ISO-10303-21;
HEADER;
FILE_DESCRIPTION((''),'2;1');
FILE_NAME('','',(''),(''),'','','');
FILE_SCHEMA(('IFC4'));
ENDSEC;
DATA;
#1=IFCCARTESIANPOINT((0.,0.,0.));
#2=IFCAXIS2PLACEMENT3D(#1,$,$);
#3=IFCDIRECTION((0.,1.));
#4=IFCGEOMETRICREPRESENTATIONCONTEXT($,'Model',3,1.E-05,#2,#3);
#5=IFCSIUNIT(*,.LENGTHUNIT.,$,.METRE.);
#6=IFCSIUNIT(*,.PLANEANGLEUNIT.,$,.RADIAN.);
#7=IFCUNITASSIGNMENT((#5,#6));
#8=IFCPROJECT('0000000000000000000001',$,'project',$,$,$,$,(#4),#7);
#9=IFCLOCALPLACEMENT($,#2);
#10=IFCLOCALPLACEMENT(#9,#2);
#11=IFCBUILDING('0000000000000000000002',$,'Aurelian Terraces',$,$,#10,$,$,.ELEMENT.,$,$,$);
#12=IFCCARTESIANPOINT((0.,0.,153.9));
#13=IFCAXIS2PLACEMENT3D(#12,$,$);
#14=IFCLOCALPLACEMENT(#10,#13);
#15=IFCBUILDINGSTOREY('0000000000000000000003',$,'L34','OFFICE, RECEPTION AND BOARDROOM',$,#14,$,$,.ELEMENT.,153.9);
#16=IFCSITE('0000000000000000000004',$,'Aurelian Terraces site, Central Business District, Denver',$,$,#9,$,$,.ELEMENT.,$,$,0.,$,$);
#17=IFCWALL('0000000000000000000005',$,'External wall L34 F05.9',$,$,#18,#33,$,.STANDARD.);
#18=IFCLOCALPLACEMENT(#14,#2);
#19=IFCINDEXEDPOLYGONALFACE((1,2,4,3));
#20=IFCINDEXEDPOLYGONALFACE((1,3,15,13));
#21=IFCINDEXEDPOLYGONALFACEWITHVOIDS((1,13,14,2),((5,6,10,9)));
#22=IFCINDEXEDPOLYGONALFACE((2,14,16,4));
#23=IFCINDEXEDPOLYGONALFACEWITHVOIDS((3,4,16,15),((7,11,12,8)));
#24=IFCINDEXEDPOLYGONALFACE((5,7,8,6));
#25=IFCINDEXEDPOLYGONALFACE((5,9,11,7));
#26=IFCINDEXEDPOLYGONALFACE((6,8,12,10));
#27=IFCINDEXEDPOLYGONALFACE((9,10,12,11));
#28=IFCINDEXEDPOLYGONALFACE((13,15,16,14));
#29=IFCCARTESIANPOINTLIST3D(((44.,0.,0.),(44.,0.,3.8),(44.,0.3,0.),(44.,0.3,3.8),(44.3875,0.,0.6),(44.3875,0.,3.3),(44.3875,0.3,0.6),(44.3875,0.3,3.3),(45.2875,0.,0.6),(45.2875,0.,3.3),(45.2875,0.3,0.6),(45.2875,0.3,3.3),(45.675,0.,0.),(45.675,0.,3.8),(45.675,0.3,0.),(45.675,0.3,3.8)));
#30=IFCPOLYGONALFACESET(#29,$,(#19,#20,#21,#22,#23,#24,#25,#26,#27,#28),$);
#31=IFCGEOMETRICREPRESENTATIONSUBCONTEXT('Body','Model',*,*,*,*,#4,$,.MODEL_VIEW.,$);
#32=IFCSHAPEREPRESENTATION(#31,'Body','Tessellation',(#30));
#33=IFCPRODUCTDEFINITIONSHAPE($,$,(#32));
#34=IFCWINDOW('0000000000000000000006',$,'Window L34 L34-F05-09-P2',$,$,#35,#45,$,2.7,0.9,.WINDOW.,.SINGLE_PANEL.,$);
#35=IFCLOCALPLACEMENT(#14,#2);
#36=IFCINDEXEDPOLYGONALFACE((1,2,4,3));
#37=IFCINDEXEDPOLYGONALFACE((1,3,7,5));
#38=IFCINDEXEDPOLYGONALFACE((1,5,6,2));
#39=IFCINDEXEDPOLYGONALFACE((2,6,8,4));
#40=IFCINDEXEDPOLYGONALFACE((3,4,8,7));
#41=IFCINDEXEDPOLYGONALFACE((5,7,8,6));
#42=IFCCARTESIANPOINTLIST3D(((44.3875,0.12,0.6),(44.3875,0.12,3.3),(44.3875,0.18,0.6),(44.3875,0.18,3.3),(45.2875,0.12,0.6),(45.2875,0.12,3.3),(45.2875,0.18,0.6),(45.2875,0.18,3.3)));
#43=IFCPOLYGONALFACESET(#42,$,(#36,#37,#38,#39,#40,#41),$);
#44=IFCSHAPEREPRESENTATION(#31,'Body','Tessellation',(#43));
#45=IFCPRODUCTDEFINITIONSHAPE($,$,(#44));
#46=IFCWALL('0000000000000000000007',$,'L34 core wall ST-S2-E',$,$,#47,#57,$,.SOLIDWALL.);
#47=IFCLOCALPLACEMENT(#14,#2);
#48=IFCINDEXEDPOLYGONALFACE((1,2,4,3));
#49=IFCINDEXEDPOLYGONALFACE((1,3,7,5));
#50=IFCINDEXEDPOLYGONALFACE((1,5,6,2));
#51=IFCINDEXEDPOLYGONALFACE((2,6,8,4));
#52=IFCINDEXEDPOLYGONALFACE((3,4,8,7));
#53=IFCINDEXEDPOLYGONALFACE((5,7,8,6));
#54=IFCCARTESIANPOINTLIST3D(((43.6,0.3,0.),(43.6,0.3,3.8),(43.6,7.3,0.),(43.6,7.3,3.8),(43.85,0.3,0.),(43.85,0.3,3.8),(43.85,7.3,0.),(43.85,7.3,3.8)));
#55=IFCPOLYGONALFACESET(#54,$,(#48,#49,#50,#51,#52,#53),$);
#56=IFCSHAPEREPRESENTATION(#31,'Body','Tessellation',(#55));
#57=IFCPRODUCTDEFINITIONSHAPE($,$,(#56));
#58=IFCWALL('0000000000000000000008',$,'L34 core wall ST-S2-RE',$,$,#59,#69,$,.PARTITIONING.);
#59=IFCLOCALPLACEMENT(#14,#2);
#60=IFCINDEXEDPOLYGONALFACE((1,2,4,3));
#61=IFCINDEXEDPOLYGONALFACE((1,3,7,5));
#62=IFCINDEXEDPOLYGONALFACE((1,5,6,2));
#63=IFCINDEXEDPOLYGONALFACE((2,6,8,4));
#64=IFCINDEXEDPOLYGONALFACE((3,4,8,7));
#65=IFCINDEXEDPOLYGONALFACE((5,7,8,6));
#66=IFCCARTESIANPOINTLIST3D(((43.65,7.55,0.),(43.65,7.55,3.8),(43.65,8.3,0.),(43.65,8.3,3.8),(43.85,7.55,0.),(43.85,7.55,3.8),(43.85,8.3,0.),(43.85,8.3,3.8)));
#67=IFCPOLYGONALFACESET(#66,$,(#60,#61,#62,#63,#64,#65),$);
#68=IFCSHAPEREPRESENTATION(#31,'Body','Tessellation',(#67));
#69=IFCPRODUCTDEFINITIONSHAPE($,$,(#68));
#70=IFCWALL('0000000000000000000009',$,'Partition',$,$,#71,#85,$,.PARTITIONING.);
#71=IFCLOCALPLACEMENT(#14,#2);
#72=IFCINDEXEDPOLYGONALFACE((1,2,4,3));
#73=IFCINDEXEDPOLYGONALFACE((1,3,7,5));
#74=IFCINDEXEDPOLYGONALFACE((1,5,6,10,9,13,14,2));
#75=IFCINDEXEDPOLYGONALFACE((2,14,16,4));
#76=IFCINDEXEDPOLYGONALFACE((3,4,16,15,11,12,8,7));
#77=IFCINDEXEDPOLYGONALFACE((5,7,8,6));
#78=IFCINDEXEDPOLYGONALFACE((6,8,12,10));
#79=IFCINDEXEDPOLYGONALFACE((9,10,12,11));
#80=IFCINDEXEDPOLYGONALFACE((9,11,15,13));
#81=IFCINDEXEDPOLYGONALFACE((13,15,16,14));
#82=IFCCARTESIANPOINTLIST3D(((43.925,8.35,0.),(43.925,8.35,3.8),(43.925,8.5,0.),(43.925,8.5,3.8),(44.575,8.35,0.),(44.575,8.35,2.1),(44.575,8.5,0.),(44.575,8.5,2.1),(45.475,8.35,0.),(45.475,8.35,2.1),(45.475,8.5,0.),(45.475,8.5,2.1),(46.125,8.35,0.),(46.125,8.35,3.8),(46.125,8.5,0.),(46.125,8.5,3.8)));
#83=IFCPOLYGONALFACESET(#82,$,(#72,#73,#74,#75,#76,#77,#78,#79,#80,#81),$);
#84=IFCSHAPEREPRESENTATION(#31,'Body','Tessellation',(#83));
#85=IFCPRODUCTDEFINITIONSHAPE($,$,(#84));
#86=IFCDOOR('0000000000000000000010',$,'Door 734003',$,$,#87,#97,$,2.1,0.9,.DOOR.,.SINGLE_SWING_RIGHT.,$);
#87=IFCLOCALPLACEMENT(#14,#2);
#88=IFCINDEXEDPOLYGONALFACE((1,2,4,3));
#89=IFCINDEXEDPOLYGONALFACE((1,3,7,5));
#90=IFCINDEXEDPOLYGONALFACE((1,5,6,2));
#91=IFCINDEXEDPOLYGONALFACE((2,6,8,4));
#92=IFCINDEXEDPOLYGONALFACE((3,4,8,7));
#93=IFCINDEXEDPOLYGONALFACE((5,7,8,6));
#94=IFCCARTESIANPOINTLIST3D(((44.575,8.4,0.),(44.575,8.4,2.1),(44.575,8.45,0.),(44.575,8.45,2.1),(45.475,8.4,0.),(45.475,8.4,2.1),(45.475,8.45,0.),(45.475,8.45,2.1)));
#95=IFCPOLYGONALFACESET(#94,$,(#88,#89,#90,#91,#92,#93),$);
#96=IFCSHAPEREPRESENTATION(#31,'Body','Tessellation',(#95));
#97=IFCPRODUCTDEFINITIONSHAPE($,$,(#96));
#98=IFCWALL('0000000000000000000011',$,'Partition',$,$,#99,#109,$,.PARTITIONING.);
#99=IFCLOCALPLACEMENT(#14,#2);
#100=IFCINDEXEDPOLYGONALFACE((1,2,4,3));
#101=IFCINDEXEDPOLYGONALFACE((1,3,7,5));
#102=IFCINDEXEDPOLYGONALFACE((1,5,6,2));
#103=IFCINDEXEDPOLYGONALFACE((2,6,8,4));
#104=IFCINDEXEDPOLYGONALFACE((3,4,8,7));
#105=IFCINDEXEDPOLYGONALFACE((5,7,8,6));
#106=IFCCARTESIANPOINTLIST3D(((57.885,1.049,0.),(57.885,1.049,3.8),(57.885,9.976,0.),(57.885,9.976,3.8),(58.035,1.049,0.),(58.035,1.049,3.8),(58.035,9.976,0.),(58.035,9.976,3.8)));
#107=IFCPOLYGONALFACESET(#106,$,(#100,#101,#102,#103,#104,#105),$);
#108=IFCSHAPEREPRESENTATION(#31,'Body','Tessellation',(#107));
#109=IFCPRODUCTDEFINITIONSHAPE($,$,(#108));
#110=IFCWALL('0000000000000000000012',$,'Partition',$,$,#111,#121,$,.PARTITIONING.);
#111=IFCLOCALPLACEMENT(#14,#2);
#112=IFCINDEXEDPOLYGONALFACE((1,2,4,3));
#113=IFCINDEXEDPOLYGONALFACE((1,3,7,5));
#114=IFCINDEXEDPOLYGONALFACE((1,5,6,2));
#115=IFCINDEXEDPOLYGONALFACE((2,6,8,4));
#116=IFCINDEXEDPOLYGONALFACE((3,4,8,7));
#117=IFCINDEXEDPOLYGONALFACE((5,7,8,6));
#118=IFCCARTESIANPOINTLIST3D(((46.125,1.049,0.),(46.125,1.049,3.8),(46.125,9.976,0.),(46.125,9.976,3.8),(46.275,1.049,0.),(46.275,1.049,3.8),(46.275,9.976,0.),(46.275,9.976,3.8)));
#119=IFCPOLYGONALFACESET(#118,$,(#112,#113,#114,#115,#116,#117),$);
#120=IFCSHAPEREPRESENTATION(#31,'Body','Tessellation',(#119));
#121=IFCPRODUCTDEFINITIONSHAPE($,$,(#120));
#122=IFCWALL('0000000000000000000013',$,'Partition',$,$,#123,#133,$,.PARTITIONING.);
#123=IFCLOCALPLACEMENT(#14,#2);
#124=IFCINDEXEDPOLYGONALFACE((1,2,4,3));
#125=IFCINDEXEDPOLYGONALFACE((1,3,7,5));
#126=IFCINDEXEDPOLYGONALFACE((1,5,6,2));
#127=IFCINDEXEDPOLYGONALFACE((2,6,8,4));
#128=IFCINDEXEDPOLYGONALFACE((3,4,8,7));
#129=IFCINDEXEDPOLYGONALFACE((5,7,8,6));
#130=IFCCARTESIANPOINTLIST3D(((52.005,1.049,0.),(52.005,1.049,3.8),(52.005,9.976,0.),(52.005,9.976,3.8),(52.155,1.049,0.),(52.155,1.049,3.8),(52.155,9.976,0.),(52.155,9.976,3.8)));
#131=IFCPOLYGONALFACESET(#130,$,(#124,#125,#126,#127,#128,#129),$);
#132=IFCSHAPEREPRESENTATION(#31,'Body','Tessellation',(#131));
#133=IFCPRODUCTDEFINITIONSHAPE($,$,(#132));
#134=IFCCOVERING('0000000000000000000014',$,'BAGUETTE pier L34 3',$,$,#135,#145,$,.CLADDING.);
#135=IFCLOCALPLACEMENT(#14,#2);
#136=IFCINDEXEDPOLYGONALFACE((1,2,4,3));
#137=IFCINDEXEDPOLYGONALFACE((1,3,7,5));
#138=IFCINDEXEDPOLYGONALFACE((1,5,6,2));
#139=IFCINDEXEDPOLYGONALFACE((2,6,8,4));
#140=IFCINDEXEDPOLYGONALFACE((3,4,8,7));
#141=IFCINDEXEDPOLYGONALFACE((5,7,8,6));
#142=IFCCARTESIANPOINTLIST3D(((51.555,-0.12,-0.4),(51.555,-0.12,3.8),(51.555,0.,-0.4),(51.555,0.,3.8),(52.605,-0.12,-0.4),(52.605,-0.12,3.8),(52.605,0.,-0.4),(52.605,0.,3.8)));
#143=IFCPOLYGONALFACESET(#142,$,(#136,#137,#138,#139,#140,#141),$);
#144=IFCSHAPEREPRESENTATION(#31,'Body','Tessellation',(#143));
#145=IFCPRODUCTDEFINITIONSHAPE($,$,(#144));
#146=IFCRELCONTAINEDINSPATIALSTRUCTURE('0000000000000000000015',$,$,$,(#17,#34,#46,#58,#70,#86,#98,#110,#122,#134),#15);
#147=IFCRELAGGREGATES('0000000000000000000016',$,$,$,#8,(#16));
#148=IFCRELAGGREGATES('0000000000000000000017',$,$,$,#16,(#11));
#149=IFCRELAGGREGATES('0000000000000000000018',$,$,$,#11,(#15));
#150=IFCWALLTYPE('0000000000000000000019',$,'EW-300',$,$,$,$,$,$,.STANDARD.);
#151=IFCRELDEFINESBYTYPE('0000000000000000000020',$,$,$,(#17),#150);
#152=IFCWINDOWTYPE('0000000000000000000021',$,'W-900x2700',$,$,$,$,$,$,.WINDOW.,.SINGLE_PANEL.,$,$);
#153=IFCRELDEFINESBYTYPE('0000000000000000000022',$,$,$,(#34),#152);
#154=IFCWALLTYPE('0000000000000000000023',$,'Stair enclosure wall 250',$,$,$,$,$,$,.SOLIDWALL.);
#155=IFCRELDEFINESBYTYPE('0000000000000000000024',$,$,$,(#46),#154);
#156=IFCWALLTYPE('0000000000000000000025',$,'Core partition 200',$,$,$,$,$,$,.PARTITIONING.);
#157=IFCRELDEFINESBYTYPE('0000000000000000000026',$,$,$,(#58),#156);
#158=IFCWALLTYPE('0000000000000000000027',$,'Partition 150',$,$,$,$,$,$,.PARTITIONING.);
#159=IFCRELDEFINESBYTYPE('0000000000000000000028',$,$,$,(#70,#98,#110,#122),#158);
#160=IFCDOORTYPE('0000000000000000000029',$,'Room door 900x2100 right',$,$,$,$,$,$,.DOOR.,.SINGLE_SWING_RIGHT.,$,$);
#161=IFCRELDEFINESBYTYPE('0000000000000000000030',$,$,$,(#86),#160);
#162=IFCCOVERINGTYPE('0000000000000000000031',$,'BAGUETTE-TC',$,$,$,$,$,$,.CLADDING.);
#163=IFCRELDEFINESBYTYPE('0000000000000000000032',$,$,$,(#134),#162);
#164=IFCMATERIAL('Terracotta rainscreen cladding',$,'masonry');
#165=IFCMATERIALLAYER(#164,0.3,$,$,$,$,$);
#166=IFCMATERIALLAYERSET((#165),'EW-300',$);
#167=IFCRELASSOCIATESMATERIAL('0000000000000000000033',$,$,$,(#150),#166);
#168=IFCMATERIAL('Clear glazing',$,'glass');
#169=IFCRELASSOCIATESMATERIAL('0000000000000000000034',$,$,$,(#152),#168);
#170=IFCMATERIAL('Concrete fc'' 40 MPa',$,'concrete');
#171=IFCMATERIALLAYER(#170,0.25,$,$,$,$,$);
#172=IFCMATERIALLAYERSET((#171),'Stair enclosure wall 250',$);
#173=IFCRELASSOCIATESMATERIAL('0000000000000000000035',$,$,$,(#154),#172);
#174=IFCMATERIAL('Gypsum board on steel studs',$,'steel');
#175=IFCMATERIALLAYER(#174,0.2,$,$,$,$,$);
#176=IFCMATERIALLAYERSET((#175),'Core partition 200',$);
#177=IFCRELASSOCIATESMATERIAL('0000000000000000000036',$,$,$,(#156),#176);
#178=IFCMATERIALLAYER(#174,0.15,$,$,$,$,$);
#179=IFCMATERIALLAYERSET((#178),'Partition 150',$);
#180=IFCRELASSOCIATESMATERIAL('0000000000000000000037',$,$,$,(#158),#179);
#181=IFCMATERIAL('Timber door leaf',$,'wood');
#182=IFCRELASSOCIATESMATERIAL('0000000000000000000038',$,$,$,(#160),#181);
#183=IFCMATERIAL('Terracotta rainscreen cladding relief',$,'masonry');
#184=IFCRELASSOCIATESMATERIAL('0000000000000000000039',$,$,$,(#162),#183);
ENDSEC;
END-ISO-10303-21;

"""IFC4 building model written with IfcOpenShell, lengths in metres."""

from ifc_helpers import new_model, si_unit, direction, frame, frame_2d, origin, origin_2d, place, context, subcontext, project, spatial, rectangle, extrude, source, transform, mapped, material, layer, layer_set, type_object, element, fill, save


model = new_model("IFC4")

# Units and contexts
model_context = context("Model", 3, precision=1e-05, world=origin(), true_north=direction((0.0, 1.0)))
body_context = subcontext(model_context, "Body", "Model", "MODEL_VIEW")
ifc_project = project(units=[si_unit("LENGTHUNIT", "METRE"), si_unit("PLANEANGLEUNIT", "RADIAN")], contexts=[model_context])

# Site, building, storey
site_placement = place(None, origin())
site = spatial("IfcSite", under=ifc_project, at=site_placement, Name="Aurelian Terraces site, Central Business District, Denver", CompositionType="ELEMENT", RefElevation=0.0)
building_placement = place(site_placement, origin())
building = spatial("IfcBuilding", under=site, at=building_placement, Name="Aurelian Terraces", CompositionType="ELEMENT")
storey_placement = place(building_placement, frame((0.0, 0.0, 153.9)))
storey = spatial("IfcBuildingStorey", under=building, at=storey_placement, Name="L34", Description="OFFICE, RECEPTION AND BOARDROOM", CompositionType="ELEMENT", Elevation=153.9)

# Wall, opening, window
ifc_material_1 = material(Name="Terracotta rainscreen cladding", Category="masonry")
ifc_layer_1 = layer(ifc_material_1, 0.3)
ifc_layer_set_1 = layer_set([ifc_layer_1], Name="EW-300")
wall_type_1 = type_object("IfcWallType", Name="EW-300", PredefinedType="STANDARD", material=ifc_layer_set_1)
ifc_material_2 = material(Name="Clear glazing", Category="glass")
shared_shape_1 = source(origin(), body_context, "Body", "SweptSolid", [
    extrude(rectangle(XDim=1.675, YDim=0.3, at=frame_2d((0.8375, 0.0))), origin(), (0.0, 0.0, 1.0), 3.8),
])
wall_1_placement = place(storey_placement, frame((44.0, 0.15, 0.0), z_axis=(0.0, 0.0, 1.0), x_axis=(1.0, 0.0, 0.0)))
wall_1 = element("IfcWall", 1, at=wall_1_placement, inside=storey, type_object=wall_type_1, Name="External wall L34 F05.9", PredefinedType="STANDARD", context=body_context, shape_type="MappedRepresentation", body=[
    mapped(shared_shape_1, transform((0.0, 0.0, 0.0), scale=1.0)),
])
shared_shape_2 = source(origin(), body_context, "Body", "SweptSolid", [
    extrude(rectangle(XDim=0.9, YDim=2.7, at=frame_2d((0.45, 1.35))), frame((0.0, 0.16, 0.0), z_axis=(0.0, -1.0, 0.0), x_axis=(1.0, 0.0, 0.0)), (0.0, 0.0, 1.0), 0.32),
])
opening_1_placement = place(wall_1_placement, frame((0.3875, 0.0, 0.6)))
opening_1 = element("IfcOpeningElement", 2, at=opening_1_placement, cuts=wall_1, PredefinedType="OPENING", context=body_context, shape_type="MappedRepresentation", body=[
    mapped(shared_shape_2, transform((0.0, 0.0, 0.0), scale=1.0)),
])
window_type_1 = type_object("IfcWindowType", Name="W-900x2700", PartitioningType="SINGLE_PANEL", PredefinedType="WINDOW", material=ifc_material_2)
shared_shape_3 = source(origin(), body_context, "Body", "SweptSolid", [
    extrude(rectangle(XDim=0.9, YDim=2.7, at=frame_2d((0.45, 1.35))), frame((0.0, 0.03, 0.0), z_axis=(0.0, -1.0, 0.0), x_axis=(1.0, 0.0, 0.0)), (0.0, 0.0, 1.0), 0.06),
])
window_1_placement = place(opening_1_placement, origin())
window_1 = element("IfcWindow", 3, at=window_1_placement, inside=storey, type_object=window_type_1, Name="Window L34 L34-F05-09-P2", OverallHeight=2.7, OverallWidth=0.9, PartitioningType="SINGLE_PANEL", PredefinedType="WINDOW", context=body_context, shape_type="MappedRepresentation", body=[
    mapped(shared_shape_3, transform((0.0, 0.0, 0.0), scale=1.0)),
])
fill(opening_1, window_1)

# Walls
ifc_material_3 = material(Name="Concrete fc' 40 MPa", Category="concrete")
ifc_layer_2 = layer(ifc_material_3, 0.25)
ifc_layer_set_2 = layer_set([ifc_layer_2], Name="Stair enclosure wall 250")
wall_type_2 = type_object("IfcWallType", Name="Stair enclosure wall 250", PredefinedType="SOLIDWALL", material=ifc_layer_set_2)
shared_shape_4 = source(origin(), body_context, "Body", "SweptSolid", [
    extrude(rectangle(XDim=7.0, YDim=0.25, at=frame_2d((3.5, 0.0))), origin(), (0.0, 0.0, 1.0), 3.8),
])
wall_2_placement = place(storey_placement, frame((43.725, 0.3, 0.0), z_axis=(0.0, 0.0, 1.0), x_axis=(0.0, 1.0, 0.0)))
element("IfcWall", 4, at=wall_2_placement, inside=storey, type_object=wall_type_2, Name="L34 core wall ST-S2-E", PredefinedType="SOLIDWALL", context=body_context, shape_type="MappedRepresentation", body=[
    mapped(shared_shape_4, transform((0.0, 0.0, 0.0), scale=1.0)),
])
ifc_material_4 = material(Name="Gypsum board on steel studs", Category="steel")
ifc_layer_3 = layer(ifc_material_4, 0.2)
ifc_layer_set_3 = layer_set([ifc_layer_3], Name="Core partition 200")
wall_type_3 = type_object("IfcWallType", Name="Core partition 200", PredefinedType="PARTITIONING", material=ifc_layer_set_3)
shared_shape_5 = source(origin(), body_context, "Body", "SweptSolid", [
    extrude(rectangle(XDim=0.75, YDim=0.2, at=frame_2d((0.375, 0.0))), origin(), (0.0, 0.0, 1.0), 3.8),
])
wall_3_placement = place(storey_placement, frame((43.75, 7.55, 0.0), z_axis=(0.0, 0.0, 1.0), x_axis=(0.0, 1.0, 0.0)))
element("IfcWall", 5, at=wall_3_placement, inside=storey, type_object=wall_type_3, Name="L34 core wall ST-S2-RE", PredefinedType="PARTITIONING", context=body_context, shape_type="MappedRepresentation", body=[
    mapped(shared_shape_5, transform((0.0, 0.0, 0.0), scale=1.0)),
])

# Wall, opening, door
ifc_layer_4 = layer(ifc_material_4, 0.15)
ifc_layer_set_4 = layer_set([ifc_layer_4], Name="Partition 150")
wall_type_4 = type_object("IfcWallType", Name="Partition 150", PredefinedType="PARTITIONING", material=ifc_layer_set_4)
shared_shape_6 = source(origin(), body_context, "Body", "SweptSolid", [
    extrude(rectangle(XDim=2.2, YDim=0.15, at=frame_2d((1.1, 0.0))), origin(), (0.0, 0.0, 1.0), 3.8),
])
wall_4_placement = place(storey_placement, frame((46.125, 8.425, 0.0), z_axis=(0.0, 0.0, 1.0), x_axis=(-1.0, 0.0, 0.0)))
wall_4 = element("IfcWall", 6, at=wall_4_placement, inside=storey, type_object=wall_type_4, Name="Partition", PredefinedType="PARTITIONING", context=body_context, shape_type="MappedRepresentation", body=[
    mapped(shared_shape_6, transform((0.0, 0.0, 0.0), scale=1.0)),
])
shared_shape_7 = source(origin(), body_context, "Body", "SweptSolid", [
    extrude(rectangle(XDim=0.9, YDim=2.1, at=frame_2d((0.45, 1.05))), frame((0.0, 0.085, 0.0), z_axis=(0.0, -1.0, 0.0), x_axis=(1.0, 0.0, 0.0)), (0.0, 0.0, 1.0), 0.17),
])
opening_2_placement = place(wall_4_placement, frame((0.65, 0.0, 0.0)))
opening_2 = element("IfcOpeningElement", 7, at=opening_2_placement, cuts=wall_4, PredefinedType="OPENING", context=body_context, shape_type="MappedRepresentation", body=[
    mapped(shared_shape_7, transform((0.0, 0.0, 0.0), scale=1.0)),
])
ifc_material_5 = material(Name="Timber door leaf", Category="wood")
door_type = type_object("IfcDoorType", Name="Room door 900x2100 right", OperationType="SINGLE_SWING_RIGHT", PredefinedType="DOOR", material=ifc_material_5)
shared_shape_8 = source(origin(), body_context, "Body", "SweptSolid", [
    extrude(rectangle(XDim=0.9, YDim=2.1, at=frame_2d((0.45, 1.05))), frame((0.0, 0.025, 0.0), z_axis=(0.0, -1.0, 0.0), x_axis=(1.0, 0.0, 0.0)), (0.0, 0.0, 1.0), 0.05),
])
door_placement = place(opening_2_placement, origin())
door = element("IfcDoor", 8, at=door_placement, inside=storey, type_object=door_type, Name="Door 734003", OperationType="SINGLE_SWING_RIGHT", OverallHeight=2.1, OverallWidth=0.9, PredefinedType="DOOR", context=body_context, shape_type="MappedRepresentation", body=[
    mapped(shared_shape_8, transform((0.0, 0.0, 0.0), scale=1.0)),
])
fill(opening_2, door)

# Walls
shared_shape_9 = source(origin(), body_context, "Body", "SweptSolid", [
    extrude(rectangle(XDim=8.927, YDim=0.15, at=frame_2d((4.4635, 0.0))), origin(), (0.0, 0.0, 1.0), 3.8),
])
for number, where, z_axis, x_axis, name in (
    (9, (57.96, 1.049, 0.0), (0.0, 0.0, 1.0), (0.0, 1.0, 0.0), "Partition"),
    (10, (46.2, 1.049, 0.0), (0.0, 0.0, 1.0), (0.0, 1.0, 0.0), "Partition"),
    (11, (52.08, 1.049, 0.0), (0.0, 0.0, 1.0), (0.0, 1.0, 0.0), "Partition"),
):
    element("IfcWall", number, at=place(storey_placement, frame(where, z_axis=z_axis, x_axis=x_axis)), inside=storey, type_object=wall_type_4, Name=name, PredefinedType="PARTITIONING", context=body_context, shape_type="MappedRepresentation", body=[
        mapped(shared_shape_9, transform((0.0, 0.0, 0.0), scale=1.0)),
    ])

# Covering
ifc_material_6 = material(Name="Terracotta rainscreen cladding relief", Category="masonry")
covering_type = type_object("IfcCoveringType", Name="BAGUETTE-TC", PredefinedType="CLADDING", material=ifc_material_6)
shared_shape_10 = source(origin(), body_context, "Body", "SweptSolid", [
    extrude(rectangle(XDim=1.05, YDim=0.12, at=origin_2d()), origin(), (0.0, 0.0, 1.0), 4.2),
])
covering_placement = place(storey_placement, frame((52.08, -0.06, -0.4), z_axis=(0.0, 0.0, 1.0), x_axis=(1.0, 0.0, 0.0)))
element("IfcCovering", 12, at=covering_placement, inside=storey, type_object=covering_type, Name="BAGUETTE pier L34 3", PredefinedType="CLADDING", context=body_context, shape_type="MappedRepresentation", body=[
    mapped(shared_shape_10, transform((0.0, 0.0, 0.0), scale=1.0)),
])

save(model, "model.ifc")
